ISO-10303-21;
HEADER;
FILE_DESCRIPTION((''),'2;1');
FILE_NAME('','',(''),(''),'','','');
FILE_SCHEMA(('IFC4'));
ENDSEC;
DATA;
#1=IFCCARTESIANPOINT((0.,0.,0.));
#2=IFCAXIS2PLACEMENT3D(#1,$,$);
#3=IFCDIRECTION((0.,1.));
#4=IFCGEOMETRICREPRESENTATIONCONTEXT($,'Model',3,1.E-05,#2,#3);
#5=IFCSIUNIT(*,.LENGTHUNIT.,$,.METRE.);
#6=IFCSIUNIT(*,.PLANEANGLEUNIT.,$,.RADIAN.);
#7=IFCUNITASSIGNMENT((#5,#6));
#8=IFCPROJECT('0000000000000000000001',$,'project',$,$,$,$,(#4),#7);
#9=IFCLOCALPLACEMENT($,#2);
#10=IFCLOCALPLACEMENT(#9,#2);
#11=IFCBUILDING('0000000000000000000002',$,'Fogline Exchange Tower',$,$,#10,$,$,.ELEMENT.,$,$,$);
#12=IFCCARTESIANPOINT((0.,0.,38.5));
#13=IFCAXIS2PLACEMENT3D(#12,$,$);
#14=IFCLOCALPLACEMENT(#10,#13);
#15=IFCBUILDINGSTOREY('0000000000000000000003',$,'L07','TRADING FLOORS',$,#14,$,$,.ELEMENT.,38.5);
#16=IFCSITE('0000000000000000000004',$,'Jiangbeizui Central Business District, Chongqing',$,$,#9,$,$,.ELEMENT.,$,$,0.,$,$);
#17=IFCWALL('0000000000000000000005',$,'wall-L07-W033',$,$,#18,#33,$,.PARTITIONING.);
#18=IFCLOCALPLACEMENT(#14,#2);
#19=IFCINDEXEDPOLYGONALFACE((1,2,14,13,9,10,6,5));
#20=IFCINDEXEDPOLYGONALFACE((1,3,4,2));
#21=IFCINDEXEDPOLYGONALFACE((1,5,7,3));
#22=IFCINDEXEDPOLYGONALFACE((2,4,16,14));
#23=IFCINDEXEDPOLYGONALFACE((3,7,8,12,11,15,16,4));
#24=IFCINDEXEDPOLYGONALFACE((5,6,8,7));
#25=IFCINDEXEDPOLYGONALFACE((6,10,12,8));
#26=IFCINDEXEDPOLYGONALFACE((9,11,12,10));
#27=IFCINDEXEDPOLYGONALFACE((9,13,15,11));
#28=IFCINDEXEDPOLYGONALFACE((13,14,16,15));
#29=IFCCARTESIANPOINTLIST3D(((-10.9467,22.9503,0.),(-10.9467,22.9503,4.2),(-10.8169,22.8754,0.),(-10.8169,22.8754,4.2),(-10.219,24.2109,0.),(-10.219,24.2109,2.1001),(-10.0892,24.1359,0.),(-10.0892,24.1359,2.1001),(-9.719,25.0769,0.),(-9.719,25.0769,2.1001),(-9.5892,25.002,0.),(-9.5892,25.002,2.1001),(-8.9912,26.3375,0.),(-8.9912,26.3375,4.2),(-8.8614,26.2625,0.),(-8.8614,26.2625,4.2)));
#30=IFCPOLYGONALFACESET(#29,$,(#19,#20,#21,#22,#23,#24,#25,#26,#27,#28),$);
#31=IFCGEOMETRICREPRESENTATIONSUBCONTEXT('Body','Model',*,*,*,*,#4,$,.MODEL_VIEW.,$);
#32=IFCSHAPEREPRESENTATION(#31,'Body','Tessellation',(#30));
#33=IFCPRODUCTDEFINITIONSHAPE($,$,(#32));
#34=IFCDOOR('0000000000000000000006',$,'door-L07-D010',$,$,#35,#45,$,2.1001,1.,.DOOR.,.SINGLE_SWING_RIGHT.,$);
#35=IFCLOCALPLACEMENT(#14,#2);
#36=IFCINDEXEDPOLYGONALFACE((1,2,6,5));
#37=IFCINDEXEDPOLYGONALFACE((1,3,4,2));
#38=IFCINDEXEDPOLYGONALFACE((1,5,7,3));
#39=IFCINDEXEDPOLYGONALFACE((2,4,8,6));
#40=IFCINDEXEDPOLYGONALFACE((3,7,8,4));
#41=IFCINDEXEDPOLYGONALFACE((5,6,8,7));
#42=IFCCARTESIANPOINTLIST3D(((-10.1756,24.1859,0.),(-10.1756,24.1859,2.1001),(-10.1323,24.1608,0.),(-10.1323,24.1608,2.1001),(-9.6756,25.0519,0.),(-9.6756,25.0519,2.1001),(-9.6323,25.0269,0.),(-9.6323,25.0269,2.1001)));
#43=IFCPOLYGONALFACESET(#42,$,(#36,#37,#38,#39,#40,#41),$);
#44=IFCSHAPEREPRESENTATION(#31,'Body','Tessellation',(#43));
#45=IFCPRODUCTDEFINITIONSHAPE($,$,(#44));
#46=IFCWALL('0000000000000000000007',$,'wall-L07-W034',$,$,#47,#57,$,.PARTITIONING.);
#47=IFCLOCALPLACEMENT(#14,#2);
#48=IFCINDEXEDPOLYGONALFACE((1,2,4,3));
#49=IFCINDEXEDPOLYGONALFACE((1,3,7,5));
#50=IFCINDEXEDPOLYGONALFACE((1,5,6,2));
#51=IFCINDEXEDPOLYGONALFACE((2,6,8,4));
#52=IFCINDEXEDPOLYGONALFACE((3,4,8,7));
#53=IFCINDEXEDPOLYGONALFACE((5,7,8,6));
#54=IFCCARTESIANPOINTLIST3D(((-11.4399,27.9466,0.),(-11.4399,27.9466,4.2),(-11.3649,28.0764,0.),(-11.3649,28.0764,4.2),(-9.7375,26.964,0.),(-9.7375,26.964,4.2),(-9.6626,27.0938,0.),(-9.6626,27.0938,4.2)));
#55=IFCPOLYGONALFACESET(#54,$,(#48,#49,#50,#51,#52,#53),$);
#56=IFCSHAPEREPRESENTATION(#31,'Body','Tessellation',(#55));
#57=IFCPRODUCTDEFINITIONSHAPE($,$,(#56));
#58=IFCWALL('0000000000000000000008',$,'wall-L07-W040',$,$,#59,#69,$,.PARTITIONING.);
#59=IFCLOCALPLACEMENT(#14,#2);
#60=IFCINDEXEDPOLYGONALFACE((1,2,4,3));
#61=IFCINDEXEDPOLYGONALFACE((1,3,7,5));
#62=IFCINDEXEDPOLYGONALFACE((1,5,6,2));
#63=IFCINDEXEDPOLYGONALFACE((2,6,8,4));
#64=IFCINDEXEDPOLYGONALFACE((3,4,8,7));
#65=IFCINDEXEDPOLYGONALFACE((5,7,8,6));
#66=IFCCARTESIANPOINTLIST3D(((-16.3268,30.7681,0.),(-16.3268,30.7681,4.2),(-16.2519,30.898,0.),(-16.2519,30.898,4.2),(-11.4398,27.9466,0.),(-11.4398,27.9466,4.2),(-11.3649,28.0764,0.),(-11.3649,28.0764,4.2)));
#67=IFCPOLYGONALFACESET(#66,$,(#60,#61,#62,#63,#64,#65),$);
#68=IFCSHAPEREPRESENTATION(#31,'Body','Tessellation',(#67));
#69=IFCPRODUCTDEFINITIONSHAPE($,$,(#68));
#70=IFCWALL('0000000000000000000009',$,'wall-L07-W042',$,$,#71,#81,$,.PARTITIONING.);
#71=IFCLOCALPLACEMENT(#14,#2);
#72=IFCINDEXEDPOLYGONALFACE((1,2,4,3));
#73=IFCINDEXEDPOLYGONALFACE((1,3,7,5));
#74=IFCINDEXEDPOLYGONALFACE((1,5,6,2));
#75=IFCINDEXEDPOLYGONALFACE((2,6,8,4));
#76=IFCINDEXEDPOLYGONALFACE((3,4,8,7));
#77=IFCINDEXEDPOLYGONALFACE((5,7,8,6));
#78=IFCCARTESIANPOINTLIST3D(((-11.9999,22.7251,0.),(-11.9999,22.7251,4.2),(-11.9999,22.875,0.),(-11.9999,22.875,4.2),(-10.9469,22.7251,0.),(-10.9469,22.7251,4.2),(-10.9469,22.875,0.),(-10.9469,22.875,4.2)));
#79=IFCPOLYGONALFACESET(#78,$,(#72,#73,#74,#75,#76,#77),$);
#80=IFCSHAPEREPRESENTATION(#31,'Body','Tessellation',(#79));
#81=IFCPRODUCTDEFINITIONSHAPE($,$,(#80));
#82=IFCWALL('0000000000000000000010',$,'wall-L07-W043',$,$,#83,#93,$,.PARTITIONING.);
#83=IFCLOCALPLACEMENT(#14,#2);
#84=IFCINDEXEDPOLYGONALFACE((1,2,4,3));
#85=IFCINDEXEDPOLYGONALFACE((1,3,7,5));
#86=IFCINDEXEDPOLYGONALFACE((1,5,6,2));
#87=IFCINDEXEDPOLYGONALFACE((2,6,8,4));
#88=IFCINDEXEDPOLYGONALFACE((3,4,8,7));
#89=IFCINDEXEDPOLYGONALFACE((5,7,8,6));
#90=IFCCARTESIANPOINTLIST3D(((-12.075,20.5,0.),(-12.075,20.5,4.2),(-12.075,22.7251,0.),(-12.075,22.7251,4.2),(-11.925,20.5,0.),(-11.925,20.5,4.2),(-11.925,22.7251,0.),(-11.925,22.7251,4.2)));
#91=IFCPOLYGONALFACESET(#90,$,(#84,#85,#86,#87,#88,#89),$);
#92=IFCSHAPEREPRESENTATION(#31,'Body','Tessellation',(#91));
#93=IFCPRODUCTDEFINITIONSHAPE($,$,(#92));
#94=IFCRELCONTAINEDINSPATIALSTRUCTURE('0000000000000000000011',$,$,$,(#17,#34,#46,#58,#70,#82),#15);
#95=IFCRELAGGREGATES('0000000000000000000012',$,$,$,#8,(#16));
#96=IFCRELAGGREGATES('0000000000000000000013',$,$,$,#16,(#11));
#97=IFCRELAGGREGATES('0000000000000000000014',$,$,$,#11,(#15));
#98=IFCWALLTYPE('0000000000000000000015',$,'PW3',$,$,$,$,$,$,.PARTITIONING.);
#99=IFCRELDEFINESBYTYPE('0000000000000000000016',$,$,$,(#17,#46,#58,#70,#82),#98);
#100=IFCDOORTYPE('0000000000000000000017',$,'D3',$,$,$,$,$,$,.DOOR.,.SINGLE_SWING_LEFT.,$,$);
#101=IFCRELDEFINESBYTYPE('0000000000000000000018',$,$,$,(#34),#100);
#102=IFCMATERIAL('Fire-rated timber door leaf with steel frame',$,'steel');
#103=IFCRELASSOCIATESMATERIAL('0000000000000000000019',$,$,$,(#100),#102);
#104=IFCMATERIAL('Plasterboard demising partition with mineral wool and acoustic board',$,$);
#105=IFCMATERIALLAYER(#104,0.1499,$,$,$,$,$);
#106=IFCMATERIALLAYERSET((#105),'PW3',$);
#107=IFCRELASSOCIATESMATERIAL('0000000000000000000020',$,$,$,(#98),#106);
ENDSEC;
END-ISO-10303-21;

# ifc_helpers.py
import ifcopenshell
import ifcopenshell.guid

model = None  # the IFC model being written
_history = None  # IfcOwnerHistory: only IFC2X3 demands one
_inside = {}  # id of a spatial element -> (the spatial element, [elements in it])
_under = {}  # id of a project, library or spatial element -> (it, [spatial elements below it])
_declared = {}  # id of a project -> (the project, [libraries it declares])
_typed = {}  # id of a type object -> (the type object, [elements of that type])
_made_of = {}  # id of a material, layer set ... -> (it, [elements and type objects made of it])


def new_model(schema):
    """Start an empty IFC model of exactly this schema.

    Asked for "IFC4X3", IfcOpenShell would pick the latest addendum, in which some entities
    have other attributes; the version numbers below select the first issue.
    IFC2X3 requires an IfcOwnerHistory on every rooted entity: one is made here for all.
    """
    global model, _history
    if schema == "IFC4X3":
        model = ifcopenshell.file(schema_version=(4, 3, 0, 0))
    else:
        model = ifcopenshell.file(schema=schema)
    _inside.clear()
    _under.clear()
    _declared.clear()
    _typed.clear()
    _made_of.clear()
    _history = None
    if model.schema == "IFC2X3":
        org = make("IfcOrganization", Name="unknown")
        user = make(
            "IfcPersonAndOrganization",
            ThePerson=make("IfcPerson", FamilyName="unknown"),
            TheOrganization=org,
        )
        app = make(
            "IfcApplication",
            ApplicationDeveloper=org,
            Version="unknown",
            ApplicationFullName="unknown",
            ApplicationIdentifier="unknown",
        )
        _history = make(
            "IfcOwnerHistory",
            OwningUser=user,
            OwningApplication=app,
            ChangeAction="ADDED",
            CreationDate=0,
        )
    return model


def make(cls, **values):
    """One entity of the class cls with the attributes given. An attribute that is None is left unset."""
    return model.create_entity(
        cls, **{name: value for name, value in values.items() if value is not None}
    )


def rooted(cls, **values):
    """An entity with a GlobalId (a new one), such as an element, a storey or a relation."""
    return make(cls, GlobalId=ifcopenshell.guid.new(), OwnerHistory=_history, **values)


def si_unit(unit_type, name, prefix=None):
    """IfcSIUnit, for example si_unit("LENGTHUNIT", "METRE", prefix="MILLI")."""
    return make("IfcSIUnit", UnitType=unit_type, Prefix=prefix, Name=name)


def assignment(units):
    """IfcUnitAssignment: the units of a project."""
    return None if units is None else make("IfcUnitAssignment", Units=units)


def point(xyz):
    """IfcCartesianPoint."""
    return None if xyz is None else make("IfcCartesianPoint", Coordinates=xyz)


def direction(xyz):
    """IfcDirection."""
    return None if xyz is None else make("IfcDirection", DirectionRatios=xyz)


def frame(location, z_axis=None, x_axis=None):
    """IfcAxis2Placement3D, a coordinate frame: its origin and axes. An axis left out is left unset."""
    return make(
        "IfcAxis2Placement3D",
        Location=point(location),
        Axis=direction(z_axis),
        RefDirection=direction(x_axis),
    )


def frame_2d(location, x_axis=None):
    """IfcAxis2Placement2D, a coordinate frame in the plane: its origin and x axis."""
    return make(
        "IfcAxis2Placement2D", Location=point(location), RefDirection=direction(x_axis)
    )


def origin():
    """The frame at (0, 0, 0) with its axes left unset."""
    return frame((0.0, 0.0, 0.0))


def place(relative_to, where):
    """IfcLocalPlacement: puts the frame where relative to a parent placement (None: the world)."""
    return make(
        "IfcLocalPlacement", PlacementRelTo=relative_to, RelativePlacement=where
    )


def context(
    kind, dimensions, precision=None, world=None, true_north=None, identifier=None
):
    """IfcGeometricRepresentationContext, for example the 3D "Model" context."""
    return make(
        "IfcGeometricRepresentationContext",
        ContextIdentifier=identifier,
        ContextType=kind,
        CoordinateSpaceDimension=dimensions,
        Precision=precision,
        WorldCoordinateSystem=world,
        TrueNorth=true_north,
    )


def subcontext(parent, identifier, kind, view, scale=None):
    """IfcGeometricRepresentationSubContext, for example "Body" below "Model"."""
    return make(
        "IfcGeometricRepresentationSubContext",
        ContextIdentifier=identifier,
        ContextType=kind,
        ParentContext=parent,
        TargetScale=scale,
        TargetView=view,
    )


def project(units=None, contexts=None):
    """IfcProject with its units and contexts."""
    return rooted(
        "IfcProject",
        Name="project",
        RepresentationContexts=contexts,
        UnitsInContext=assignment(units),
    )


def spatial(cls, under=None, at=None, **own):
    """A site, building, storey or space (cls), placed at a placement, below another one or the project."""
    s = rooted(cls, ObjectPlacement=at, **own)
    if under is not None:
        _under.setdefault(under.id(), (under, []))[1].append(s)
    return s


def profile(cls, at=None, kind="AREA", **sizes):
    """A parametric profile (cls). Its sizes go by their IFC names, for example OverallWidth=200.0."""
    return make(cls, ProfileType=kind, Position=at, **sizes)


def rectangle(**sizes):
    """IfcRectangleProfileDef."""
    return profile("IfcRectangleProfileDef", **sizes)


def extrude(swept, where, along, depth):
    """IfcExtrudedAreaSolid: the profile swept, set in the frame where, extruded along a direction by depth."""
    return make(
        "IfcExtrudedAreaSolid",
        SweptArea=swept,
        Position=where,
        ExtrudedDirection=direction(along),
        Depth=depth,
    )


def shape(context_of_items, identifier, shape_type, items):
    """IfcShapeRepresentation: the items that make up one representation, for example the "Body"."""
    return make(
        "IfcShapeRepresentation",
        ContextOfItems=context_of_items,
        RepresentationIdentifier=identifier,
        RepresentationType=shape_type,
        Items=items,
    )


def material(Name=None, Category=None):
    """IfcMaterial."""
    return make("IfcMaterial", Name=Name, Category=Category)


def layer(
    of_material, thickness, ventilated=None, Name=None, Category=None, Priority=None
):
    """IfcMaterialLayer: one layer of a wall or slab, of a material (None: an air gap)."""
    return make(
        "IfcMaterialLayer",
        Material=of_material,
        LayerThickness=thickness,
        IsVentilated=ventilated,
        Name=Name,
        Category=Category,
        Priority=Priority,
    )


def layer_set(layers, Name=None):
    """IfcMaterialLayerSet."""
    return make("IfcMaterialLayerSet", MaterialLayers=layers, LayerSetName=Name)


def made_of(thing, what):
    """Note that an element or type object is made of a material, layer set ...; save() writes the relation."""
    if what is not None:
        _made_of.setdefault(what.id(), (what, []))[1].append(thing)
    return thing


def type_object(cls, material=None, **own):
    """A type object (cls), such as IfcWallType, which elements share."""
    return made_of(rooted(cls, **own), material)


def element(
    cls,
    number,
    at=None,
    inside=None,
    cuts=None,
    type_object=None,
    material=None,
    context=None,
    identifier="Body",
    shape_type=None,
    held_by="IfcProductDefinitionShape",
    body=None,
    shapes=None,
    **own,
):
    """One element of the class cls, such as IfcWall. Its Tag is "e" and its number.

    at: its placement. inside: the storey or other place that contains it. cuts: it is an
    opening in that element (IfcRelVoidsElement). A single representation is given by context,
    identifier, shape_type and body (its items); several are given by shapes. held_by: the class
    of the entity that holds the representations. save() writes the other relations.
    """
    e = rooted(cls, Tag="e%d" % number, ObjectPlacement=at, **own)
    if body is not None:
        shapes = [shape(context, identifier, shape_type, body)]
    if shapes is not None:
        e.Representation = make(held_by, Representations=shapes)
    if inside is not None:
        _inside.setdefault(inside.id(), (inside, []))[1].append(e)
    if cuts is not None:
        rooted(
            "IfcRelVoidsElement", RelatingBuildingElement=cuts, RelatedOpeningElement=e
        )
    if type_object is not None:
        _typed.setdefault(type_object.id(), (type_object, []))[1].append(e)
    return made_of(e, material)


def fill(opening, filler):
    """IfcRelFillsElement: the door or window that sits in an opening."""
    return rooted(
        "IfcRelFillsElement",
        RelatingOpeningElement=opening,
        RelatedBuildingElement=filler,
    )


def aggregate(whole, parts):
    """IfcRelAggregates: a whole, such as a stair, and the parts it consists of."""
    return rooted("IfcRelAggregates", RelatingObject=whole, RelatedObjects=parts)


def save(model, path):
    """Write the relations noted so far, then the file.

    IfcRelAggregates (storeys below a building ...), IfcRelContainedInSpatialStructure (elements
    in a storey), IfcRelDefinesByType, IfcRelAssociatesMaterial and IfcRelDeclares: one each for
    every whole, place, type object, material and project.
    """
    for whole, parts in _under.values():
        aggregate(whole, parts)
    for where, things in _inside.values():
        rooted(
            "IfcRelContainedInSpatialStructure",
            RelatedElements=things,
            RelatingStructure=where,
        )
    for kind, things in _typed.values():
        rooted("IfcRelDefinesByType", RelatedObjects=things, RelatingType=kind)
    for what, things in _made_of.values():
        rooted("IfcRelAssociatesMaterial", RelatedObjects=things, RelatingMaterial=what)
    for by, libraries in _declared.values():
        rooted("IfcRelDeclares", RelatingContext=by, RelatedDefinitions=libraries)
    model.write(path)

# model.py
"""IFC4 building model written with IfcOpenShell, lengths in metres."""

from ifc_helpers import new_model, si_unit, direction, frame, frame_2d, origin, place, context, subcontext, project, spatial, rectangle, extrude, material, layer, layer_set, type_object, element, fill, save


model = new_model("IFC4")

# Units and contexts
model_context = context("Model", 3, precision=1e-05, world=origin(), true_north=direction((0.0, 1.0)))
body_context = subcontext(model_context, "Body", "Model", "MODEL_VIEW")
ifc_project = project(units=[si_unit("LENGTHUNIT", "METRE"), si_unit("PLANEANGLEUNIT", "RADIAN")], contexts=[model_context])

# Site, building, storey
site_placement = place(None, origin())
site = spatial("IfcSite", under=ifc_project, at=site_placement, Name="Jiangbeizui Central Business District, Chongqing", CompositionType="ELEMENT", RefElevation=0.0)
building_placement = place(site_placement, origin())
building = spatial("IfcBuilding", under=site, at=building_placement, Name="Fogline Exchange Tower", CompositionType="ELEMENT")
storey_placement = place(building_placement, frame((0.0, 0.0, 38.5)))
storey = spatial("IfcBuildingStorey", under=building, at=storey_placement, Name="L07", Description="TRADING FLOORS", CompositionType="ELEMENT", Elevation=38.5)

# Wall, opening, door
ifc_material_1 = material(Name="Fire-rated timber door leaf with steel frame", Category="steel")
door_type = type_object("IfcDoorType", Name="D3", OperationType="SINGLE_SWING_LEFT", PredefinedType="DOOR", material=ifc_material_1)
ifc_material_2 = material(Name="Plasterboard demising partition with mineral wool and acoustic board")
ifc_layer_1 = layer(ifc_material_2, 0.1499)
ifc_layer_set_1 = layer_set([ifc_layer_1], Name="PW3")
wall_type_1 = type_object("IfcWallType", Name="PW3", PredefinedType="PARTITIONING", material=ifc_layer_set_1)
wall_1_placement = place(storey_placement, frame((-10.8818, 22.9128, 0.0), z_axis=(0.0, 0.0, 1.0), x_axis=(0.499993, 0.86603, 0.0)))
wall_1 = element("IfcWall", 1, at=wall_1_placement, inside=storey, type_object=wall_type_1, Name="wall-L07-W033", PredefinedType="PARTITIONING", context=body_context, shape_type="SweptSolid", body=[
    extrude(rectangle(XDim=3.9111, YDim=0.1499, at=frame_2d((1.9556, 0.0))), origin(), (0.0, 0.0, 1.0), 4.2),
])
opening_1_placement = place(wall_1_placement, frame((1.4556, 0.0, 0.0)))
opening_1 = element("IfcOpeningElement", 2, at=opening_1_placement, cuts=wall_1, PredefinedType="OPENING", context=body_context, shape_type="SweptSolid", body=[
    extrude(rectangle(XDim=1.0, YDim=2.1001, at=frame_2d((0.5, 1.05))), frame((0.0, 0.085, 0.0), z_axis=(0.0, -1.0, 0.0), x_axis=(1.0, 0.0, 0.0)), (0.0, 0.0, 1.0), 0.1699),
])
door_1_placement = place(opening_1_placement, origin())
door_1 = element("IfcDoor", 3, at=door_1_placement, inside=storey, type_object=door_type, Name="door-L07-D010", OperationType="SINGLE_SWING_RIGHT", OverallHeight=2.1001, OverallWidth=1.0, PredefinedType="DOOR", context=body_context, shape_type="SweptSolid", body=[
    extrude(rectangle(XDim=1.0, YDim=2.1001, at=frame_2d((0.5, 1.05))), frame((0.0, 0.0249, 0.0), z_axis=(0.0, -1.0, 0.0), x_axis=(1.0, 0.0, 0.0)), (0.0, 0.0, 1.0), 0.05),
])
fill(opening_1, door_1)

# Walls
wall_2_placement = place(storey_placement, frame((-9.7, 27.0288, 0.0), z_axis=(0.0, 0.0, 1.0), x_axis=(-0.866072, 0.49992, 0.0)))
element("IfcWall", 4, at=wall_2_placement, inside=storey, type_object=wall_type_1, Name="wall-L07-W034", PredefinedType="PARTITIONING", context=body_context, shape_type="SweptSolid", body=[
    extrude(rectangle(XDim=1.9656, YDim=0.1499, at=frame_2d((0.9829, 0.0))), origin(), (0.0, 0.0, 1.0), 4.2),
])
wall_3_placement = place(storey_placement, frame((-11.4023, 28.0115, 0.0), z_axis=(0.0, 0.0, 1.0), x_axis=(-0.866022, 0.500006, 0.0)))
element("IfcWall", 5, at=wall_3_placement, inside=storey, type_object=wall_type_1, Name="wall-L07-W040", PredefinedType="PARTITIONING", context=body_context, shape_type="SweptSolid", body=[
    extrude(rectangle(XDim=5.6431, YDim=0.1499, at=frame_2d((2.8215, 0.0))), origin(), (0.0, 0.0, 1.0), 4.2),
])
wall_4_placement = place(storey_placement, frame((-10.947, 22.8, 0.0), z_axis=(0.0, 0.0, 1.0), x_axis=(-1.0, 0.0, 0.0)))
element("IfcWall", 6, at=wall_4_placement, inside=storey, type_object=wall_type_1, Name="wall-L07-W042", PredefinedType="PARTITIONING", context=body_context, shape_type="SweptSolid", body=[
    extrude(rectangle(XDim=1.053, YDim=0.1499, at=frame_2d((0.5264, 0.0))), origin(), (0.0, 0.0, 1.0), 4.2),
])
wall_5_placement = place(storey_placement, frame((-12.0, 22.7251, 0.0), z_axis=(0.0, 0.0, 1.0), x_axis=(0.0, -1.0, 0.0)))
element("IfcWall", 7, at=wall_5_placement, inside=storey, type_object=wall_type_1, Name="wall-L07-W043", PredefinedType="PARTITIONING", context=body_context, shape_type="SweptSolid", body=[
    extrude(rectangle(XDim=2.2251, YDim=0.1499, at=frame_2d((1.1125, 0.0))), origin(), (0.0, 0.0, 1.0), 4.2),
])

save(model, "model.ifc")
